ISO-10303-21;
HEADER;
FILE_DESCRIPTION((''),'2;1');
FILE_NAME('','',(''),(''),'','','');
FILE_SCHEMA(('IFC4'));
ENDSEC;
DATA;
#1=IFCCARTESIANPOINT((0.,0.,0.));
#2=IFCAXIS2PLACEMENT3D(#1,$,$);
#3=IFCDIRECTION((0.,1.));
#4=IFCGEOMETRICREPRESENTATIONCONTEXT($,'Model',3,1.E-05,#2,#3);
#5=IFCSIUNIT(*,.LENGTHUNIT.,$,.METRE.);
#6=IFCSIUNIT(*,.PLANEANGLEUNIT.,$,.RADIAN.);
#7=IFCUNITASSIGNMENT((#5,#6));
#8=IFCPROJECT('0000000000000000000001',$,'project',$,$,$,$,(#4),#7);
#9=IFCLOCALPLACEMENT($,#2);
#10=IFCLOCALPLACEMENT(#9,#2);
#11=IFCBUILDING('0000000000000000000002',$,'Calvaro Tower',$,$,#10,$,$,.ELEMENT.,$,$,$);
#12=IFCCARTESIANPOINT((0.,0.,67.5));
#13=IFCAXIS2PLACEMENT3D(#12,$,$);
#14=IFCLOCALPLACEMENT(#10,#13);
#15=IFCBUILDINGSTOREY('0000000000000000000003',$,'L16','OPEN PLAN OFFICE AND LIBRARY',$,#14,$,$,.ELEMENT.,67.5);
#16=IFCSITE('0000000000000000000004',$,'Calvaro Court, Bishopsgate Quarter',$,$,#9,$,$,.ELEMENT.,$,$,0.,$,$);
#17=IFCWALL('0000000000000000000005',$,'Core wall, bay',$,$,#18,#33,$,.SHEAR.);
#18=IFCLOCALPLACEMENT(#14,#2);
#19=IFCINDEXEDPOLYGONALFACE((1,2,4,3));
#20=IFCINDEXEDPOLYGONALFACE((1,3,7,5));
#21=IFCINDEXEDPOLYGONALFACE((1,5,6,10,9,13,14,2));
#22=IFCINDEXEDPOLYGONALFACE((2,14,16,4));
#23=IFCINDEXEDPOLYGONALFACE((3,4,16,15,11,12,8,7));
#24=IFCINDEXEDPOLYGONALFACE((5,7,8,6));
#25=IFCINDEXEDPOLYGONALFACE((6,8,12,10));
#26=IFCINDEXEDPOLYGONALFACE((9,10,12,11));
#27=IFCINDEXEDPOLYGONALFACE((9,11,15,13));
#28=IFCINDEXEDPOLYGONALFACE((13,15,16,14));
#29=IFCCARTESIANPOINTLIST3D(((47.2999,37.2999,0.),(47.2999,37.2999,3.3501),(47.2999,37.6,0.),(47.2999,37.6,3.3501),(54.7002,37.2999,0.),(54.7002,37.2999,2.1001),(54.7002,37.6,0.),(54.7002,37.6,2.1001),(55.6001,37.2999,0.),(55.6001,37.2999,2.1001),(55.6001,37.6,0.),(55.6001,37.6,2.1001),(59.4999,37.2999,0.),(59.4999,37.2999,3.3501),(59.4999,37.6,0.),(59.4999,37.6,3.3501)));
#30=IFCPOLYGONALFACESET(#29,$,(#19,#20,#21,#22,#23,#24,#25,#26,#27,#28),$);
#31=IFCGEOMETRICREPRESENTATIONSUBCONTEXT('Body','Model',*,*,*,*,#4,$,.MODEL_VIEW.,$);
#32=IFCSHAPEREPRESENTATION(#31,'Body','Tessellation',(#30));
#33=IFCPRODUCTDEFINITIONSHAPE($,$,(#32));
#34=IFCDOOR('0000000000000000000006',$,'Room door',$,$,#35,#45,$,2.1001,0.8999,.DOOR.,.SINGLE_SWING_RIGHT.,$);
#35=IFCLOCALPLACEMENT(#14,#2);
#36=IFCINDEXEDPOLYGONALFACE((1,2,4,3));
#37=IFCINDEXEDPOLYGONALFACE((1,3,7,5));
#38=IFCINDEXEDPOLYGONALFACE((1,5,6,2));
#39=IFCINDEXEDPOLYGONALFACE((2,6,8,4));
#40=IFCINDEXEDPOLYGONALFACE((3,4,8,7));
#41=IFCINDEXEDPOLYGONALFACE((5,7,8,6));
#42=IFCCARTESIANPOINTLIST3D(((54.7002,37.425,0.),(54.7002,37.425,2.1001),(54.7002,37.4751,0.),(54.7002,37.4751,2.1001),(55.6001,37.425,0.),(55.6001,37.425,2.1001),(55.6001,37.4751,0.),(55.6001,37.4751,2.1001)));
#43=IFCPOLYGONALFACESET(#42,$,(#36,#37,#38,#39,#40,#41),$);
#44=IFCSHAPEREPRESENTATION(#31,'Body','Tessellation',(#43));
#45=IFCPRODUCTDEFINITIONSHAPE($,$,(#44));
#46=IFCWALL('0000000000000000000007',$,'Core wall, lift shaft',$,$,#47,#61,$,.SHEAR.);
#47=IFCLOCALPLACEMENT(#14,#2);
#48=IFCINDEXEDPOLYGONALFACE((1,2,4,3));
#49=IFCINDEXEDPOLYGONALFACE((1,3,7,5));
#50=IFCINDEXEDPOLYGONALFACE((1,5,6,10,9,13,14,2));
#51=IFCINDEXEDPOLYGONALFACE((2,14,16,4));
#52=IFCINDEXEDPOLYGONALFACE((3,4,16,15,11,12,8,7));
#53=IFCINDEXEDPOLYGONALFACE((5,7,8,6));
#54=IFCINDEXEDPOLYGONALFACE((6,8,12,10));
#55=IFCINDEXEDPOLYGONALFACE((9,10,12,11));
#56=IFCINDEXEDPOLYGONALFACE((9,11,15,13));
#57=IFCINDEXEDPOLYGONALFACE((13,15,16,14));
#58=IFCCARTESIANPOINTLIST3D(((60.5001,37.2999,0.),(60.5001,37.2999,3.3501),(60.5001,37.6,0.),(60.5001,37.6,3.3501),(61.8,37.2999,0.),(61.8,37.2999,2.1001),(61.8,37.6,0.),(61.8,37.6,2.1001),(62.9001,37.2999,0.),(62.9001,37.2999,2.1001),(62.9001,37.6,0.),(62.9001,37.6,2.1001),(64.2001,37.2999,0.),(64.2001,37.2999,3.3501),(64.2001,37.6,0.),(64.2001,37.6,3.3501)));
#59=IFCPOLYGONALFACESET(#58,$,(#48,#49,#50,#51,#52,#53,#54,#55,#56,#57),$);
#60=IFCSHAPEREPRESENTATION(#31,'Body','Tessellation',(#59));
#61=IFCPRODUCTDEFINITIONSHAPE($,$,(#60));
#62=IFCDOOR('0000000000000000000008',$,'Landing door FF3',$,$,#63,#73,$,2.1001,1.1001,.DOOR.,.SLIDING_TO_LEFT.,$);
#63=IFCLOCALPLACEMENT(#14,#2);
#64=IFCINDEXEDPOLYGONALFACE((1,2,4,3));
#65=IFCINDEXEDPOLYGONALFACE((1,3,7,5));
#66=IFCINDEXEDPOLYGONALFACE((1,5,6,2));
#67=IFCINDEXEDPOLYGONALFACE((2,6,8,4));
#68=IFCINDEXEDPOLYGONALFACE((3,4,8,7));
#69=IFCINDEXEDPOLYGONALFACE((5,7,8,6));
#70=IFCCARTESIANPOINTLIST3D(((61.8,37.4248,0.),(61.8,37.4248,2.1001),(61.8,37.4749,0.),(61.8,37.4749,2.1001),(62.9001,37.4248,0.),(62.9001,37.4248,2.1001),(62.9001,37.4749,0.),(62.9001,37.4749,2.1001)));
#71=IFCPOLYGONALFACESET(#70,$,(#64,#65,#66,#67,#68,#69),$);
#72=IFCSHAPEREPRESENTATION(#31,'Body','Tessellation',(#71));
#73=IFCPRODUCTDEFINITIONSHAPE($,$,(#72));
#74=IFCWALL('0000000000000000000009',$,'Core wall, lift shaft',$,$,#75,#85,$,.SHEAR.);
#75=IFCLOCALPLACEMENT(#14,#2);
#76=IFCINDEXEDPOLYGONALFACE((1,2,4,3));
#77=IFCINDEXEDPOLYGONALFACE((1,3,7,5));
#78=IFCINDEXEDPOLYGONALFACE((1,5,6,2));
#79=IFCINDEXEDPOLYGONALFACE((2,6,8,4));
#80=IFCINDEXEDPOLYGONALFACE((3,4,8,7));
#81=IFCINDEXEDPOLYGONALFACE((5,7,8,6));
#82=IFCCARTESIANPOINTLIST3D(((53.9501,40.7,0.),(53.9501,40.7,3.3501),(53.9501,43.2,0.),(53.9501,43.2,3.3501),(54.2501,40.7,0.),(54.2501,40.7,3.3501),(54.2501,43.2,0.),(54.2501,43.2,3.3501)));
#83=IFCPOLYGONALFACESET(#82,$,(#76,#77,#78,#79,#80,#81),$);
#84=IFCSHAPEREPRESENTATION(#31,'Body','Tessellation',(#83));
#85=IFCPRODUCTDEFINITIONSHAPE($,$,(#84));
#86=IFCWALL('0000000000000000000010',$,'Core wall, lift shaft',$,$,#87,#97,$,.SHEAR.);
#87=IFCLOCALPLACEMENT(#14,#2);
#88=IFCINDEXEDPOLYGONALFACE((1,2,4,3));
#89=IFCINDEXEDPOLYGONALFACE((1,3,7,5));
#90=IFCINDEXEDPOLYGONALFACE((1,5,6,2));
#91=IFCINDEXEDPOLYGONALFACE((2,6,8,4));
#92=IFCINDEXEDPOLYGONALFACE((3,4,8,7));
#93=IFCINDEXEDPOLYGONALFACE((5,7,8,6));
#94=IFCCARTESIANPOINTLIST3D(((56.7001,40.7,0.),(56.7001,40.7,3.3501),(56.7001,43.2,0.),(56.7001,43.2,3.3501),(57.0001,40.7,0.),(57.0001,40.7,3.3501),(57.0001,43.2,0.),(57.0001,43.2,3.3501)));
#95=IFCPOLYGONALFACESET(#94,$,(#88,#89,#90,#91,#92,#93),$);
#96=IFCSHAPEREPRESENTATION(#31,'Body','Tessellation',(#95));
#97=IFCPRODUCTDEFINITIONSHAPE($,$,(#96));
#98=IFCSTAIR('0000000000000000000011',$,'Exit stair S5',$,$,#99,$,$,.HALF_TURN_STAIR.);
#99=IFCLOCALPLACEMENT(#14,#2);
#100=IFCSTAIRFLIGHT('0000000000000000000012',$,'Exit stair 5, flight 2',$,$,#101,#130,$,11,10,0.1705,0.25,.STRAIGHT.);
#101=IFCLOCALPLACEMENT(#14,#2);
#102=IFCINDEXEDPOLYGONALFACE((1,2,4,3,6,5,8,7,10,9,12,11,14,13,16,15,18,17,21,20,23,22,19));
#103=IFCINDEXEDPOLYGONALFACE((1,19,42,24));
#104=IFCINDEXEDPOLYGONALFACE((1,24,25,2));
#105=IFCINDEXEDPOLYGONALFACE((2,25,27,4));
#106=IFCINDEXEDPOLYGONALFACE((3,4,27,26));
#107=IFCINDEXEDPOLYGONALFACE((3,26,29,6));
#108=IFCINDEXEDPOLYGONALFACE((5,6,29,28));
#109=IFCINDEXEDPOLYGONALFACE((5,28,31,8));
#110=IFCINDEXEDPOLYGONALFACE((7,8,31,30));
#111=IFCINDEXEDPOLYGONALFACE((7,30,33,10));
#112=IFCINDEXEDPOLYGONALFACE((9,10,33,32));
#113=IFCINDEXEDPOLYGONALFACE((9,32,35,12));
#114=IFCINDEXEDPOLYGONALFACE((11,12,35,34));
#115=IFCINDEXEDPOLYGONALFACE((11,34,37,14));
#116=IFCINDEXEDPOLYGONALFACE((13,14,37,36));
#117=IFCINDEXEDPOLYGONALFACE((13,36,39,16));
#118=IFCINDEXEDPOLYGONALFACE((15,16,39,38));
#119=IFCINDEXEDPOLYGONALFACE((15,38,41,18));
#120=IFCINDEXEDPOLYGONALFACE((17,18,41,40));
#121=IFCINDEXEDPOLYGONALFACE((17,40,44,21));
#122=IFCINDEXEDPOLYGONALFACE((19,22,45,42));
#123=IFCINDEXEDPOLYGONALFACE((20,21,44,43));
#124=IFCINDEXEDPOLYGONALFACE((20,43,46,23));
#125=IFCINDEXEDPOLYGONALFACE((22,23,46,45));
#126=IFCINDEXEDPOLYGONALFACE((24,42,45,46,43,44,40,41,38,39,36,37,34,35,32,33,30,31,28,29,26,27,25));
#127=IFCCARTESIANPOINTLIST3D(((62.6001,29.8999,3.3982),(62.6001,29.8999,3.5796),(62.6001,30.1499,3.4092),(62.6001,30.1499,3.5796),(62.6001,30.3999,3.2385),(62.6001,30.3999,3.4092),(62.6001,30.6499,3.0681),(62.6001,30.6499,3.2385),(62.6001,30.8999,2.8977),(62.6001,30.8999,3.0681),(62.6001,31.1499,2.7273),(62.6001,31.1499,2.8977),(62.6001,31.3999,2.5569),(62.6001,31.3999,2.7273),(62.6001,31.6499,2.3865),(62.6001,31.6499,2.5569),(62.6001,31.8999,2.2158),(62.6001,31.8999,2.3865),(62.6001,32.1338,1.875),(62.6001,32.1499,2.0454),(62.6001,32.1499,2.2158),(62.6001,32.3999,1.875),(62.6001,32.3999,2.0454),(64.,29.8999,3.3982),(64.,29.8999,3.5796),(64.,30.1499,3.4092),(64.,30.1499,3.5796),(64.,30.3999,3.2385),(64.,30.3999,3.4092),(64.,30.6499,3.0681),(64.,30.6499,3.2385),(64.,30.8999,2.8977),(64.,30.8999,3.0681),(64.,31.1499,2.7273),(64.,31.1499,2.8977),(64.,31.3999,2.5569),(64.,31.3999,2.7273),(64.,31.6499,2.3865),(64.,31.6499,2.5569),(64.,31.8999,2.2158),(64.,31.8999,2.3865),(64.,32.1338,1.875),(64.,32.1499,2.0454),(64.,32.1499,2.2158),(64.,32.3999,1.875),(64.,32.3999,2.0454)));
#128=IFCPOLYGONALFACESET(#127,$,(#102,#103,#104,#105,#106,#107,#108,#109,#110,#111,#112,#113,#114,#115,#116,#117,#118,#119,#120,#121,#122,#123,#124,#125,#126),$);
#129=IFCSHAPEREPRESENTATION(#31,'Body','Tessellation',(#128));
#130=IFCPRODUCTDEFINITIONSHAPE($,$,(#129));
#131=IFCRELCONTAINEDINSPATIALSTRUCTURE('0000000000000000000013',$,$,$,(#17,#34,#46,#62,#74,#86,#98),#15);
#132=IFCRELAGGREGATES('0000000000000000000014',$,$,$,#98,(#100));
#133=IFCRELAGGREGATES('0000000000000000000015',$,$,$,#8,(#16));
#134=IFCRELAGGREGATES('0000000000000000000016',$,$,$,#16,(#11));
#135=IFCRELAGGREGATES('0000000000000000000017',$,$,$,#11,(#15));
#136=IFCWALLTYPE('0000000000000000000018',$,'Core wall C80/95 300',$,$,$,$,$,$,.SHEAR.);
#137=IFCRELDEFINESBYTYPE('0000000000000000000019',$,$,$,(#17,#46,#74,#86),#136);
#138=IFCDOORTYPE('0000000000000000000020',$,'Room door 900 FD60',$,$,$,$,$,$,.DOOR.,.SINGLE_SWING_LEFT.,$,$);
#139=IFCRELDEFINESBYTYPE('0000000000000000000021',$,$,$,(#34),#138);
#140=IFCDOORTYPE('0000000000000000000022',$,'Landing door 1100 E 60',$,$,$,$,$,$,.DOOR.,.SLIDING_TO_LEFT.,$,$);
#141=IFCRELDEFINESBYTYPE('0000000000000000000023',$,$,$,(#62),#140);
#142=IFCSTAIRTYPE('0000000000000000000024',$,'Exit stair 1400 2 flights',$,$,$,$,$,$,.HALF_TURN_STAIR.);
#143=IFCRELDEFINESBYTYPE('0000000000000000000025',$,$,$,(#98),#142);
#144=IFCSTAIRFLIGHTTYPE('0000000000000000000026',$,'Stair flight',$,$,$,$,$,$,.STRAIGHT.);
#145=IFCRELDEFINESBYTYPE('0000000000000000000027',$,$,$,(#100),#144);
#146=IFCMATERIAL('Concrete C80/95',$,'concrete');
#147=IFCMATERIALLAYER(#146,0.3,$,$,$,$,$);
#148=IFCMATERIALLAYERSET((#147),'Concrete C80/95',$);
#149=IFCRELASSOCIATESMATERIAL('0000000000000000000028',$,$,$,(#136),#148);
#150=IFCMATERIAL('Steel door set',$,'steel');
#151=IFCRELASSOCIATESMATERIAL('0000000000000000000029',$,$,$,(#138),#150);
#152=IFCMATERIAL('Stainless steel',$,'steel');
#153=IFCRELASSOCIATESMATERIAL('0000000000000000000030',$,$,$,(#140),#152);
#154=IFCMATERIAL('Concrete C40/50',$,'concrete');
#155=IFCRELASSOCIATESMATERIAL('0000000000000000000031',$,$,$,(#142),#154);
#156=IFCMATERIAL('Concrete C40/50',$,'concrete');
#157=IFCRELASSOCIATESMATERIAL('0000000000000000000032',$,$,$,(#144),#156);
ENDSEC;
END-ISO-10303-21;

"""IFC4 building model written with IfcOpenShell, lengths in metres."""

from ifc_helpers import new_model, si_unit, direction, frame, frame_2d, origin, place, context, subcontext, project, spatial, polyline, rectangle, outline, extrude, material, layer, layer_set, type_object, element, fill, aggregate, save


model = new_model("IFC4")

# Units and contexts
model_context = context("Model", 3, precision=1e-05, world=origin(), true_north=direction((0.0, 1.0)))
body_context = subcontext(model_context, "Body", "Model", "MODEL_VIEW")
ifc_project = project(units=[si_unit("LENGTHUNIT", "METRE"), si_unit("PLANEANGLEUNIT", "RADIAN")], contexts=[model_context])

# Site, building, storey
site_placement = place(None, origin())
site = spatial("IfcSite", under=ifc_project, at=site_placement, Name="Calvaro Court, Bishopsgate Quarter", CompositionType="ELEMENT", RefElevation=0.0)
building_placement = place(site_placement, origin())
building = spatial("IfcBuilding", under=site, at=building_placement, Name="Calvaro Tower", CompositionType="ELEMENT")
storey_placement = place(building_placement, frame((0.0, 0.0, 67.5)))
storey = spatial("IfcBuildingStorey", under=building, at=storey_placement, Name="L16", Description="OPEN PLAN OFFICE AND LIBRARY", CompositionType="ELEMENT", Elevation=67.5)

# Shared definitions
ifc_material_1 = material(Name="Concrete C80/95", Category="concrete")
ifc_layer_1 = layer(ifc_material_1, 0.3)
ifc_layer_set_1 = layer_set([ifc_layer_1], Name="Concrete C80/95")
wall_type_1 = type_object("IfcWallType", Name="Core wall C80/95 300", PredefinedType="SHEAR", material=ifc_layer_set_1)

# Walls, openings, doors
wall_1_placement = place(storey_placement, frame((59.5, 37.45, 0.0), z_axis=(0.0, 0.0, 1.0), x_axis=(-1.0, 0.0, 0.0)))
wall_1 = element("IfcWall", 1, at=wall_1_placement, inside=storey, type_object=wall_type_1, Name="Core wall, bay", PredefinedType="SHEAR", context=body_context, shape_type="SweptSolid", body=[
    extrude(rectangle(XDim=12.2, YDim=0.3, at=frame_2d((6.1001, 0.0))), origin(), (0.0, 0.0, 1.0), 3.3501),
])
opening_1_placement = place(wall_1_placement, frame((3.8999, 0.0, 0.0)))
opening_1 = element("IfcOpeningElement", 2, at=opening_1_placement, cuts=wall_1, PredefinedType="OPENING", context=body_context, shape_type="SweptSolid", body=[
    extrude(rectangle(XDim=0.8999, YDim=2.1001, at=frame_2d((0.45, 1.05))), frame((0.0, 0.1599, 0.0), z_axis=(0.0, -1.0, 0.0), x_axis=(1.0, 0.0, 0.0)), (0.0, 0.0, 1.0), 0.3201),
])
ifc_material_2 = material(Name="Steel door set", Category="steel")
door_type_1 = type_object("IfcDoorType", Name="Room door 900 FD60", OperationType="SINGLE_SWING_LEFT", PredefinedType="DOOR", material=ifc_material_2)
door_1_placement = place(opening_1_placement, origin())
door_1 = element("IfcDoor", 3, at=door_1_placement, inside=storey, type_object=door_type_1, Name="Room door", OperationType="SINGLE_SWING_RIGHT", OverallHeight=2.1001, OverallWidth=0.8999, PredefinedType="DOOR", context=body_context, shape_type="SweptSolid", body=[
    extrude(rectangle(XDim=0.8999, YDim=2.1001, at=frame_2d((0.45, 1.05))), frame((0.0, 0.0249, 0.0), z_axis=(0.0, -1.0, 0.0), x_axis=(1.0, 0.0, 0.0)), (0.0, 0.0, 1.0), 0.05),
])
fill(opening_1, door_1)
wall_2_placement = place(storey_placement, frame((60.5, 37.45, 0.0), z_axis=(0.0, 0.0, 1.0), x_axis=(1.0, 0.0, 0.0)))
wall_2 = element("IfcWall", 4, at=wall_2_placement, inside=storey, type_object=wall_type_1, Name="Core wall, lift shaft", PredefinedType="SHEAR", context=body_context, shape_type="SweptSolid", body=[
    extrude(rectangle(XDim=3.7, YDim=0.3, at=frame_2d((1.8501, 0.0))), origin(), (0.0, 0.0, 1.0), 3.3501),
])
opening_2_placement = place(wall_2_placement, frame((1.3, 0.0, 0.0)))
opening_2 = element("IfcOpeningElement", 5, at=opening_2_placement, cuts=wall_2, PredefinedType="OPENING", context=body_context, shape_type="SweptSolid", body=[
    extrude(rectangle(XDim=1.1001, YDim=2.1001, at=frame_2d((0.55, 1.05))), frame((0.0, 0.1599, 0.0), z_axis=(0.0, -1.0, 0.0), x_axis=(1.0, 0.0, 0.0)), (0.0, 0.0, 1.0), 0.3201),
])
ifc_material_3 = material(Name="Stainless steel", Category="steel")
door_type_2 = type_object("IfcDoorType", Name="Landing door 1100 E 60", OperationType="SLIDING_TO_LEFT", PredefinedType="DOOR", material=ifc_material_3)
door_2_placement = place(opening_2_placement, origin())
door_2 = element("IfcDoor", 6, at=door_2_placement, inside=storey, type_object=door_type_2, Name="Landing door FF3", OperationType="SLIDING_TO_LEFT", OverallHeight=2.1001, OverallWidth=1.1001, PredefinedType="DOOR", context=body_context, shape_type="SweptSolid", body=[
    extrude(rectangle(XDim=1.1001, YDim=2.1001, at=frame_2d((0.55, 1.05))), frame((0.0, 0.0249, 0.0), z_axis=(0.0, -1.0, 0.0), x_axis=(1.0, 0.0, 0.0)), (0.0, 0.0, 1.0), 0.05),
])
fill(opening_2, door_2)

# Walls
for number, where, z_axis, x_axis, name in (
    (7, (54.1001, 40.7, 0.0), (0.0, 0.0, 1.0), (0.0, 1.0, 0.0), "Core wall, lift shaft"),
    (8, (56.8501, 40.7, 0.0), (0.0, 0.0, 1.0), (0.0, 1.0, 0.0), "Core wall, lift shaft"),
):
    element("IfcWall", number, at=place(storey_placement, frame(where, z_axis=z_axis, x_axis=x_axis)), inside=storey, type_object=wall_type_1, Name=name, PredefinedType="SHEAR", context=body_context, shape_type="SweptSolid", body=[
        extrude(rectangle(XDim=2.5, YDim=0.3, at=frame_2d((1.25, 0.0))), origin(), (0.0, 0.0, 1.0), 3.3501),
    ])

# Stair, stair flight
ifc_material_4 = material(Name="Concrete C40/50", Category="concrete")
stair_type = type_object("IfcStairType", Name="Exit stair 1400 2 flights", PredefinedType="HALF_TURN_STAIR", material=ifc_material_4)
stair_1_placement = place(storey_placement, origin())
stair_1 = element("IfcStair", 9, at=stair_1_placement, inside=storey, type_object=stair_type, Name="Exit stair S5", PredefinedType="HALF_TURN_STAIR")
ifc_material_5 = material(Name="Concrete C40/50", Category="concrete")
stair_flight_type = type_object("IfcStairFlightType", Name="Stair flight", PredefinedType="STRAIGHT", material=ifc_material_5)
stair_flight_placement = place(storey_placement, frame((63.3, 32.3999, 1.875), z_axis=(0.0, 0.0, 1.0), x_axis=(0.0, -1.0, 0.0)))
stair_flight = element("IfcStairFlight", 10, at=stair_flight_placement, type_object=stair_flight_type, Name="Exit stair 5, flight 2", NumberOfRisers=11, NumberOfTreads=10, PredefinedType="STRAIGHT", RiserHeight=0.1705, TreadLength=0.25, context=body_context, shape_type="SweptSolid", body=[
    extrude(outline(polyline([(0.0, 0.0), (0.0, 0.1704), (0.25, 0.1704), (0.25, 0.3408), (0.5, 0.3408), (0.5, 0.5115), (0.75, 0.5115), (0.75, 0.6819), (1.0, 0.6819), (1.0, 0.8523), (1.25, 0.8523), (1.25, 1.0227), (1.5, 1.0227), (1.5, 1.1931), (1.75, 1.1931), (1.75, 1.3635), (2.0, 1.3635), (2.0, 1.5342), (2.25, 1.5342), (2.25, 1.7046), (2.5, 1.7046), (2.5, 1.875), (2.5, 1.5232), (0.2661, 0.0), (0.0, 0.0)])), frame((0.0, 0.7, 0.0), z_axis=(0.0, -1.0, 0.0), x_axis=(1.0, 0.0, 0.0)), (0.0, 0.0, 1.0), 1.3999),
])

aggregate(stair_1, [stair_flight])

save(model, "model.ifc")
